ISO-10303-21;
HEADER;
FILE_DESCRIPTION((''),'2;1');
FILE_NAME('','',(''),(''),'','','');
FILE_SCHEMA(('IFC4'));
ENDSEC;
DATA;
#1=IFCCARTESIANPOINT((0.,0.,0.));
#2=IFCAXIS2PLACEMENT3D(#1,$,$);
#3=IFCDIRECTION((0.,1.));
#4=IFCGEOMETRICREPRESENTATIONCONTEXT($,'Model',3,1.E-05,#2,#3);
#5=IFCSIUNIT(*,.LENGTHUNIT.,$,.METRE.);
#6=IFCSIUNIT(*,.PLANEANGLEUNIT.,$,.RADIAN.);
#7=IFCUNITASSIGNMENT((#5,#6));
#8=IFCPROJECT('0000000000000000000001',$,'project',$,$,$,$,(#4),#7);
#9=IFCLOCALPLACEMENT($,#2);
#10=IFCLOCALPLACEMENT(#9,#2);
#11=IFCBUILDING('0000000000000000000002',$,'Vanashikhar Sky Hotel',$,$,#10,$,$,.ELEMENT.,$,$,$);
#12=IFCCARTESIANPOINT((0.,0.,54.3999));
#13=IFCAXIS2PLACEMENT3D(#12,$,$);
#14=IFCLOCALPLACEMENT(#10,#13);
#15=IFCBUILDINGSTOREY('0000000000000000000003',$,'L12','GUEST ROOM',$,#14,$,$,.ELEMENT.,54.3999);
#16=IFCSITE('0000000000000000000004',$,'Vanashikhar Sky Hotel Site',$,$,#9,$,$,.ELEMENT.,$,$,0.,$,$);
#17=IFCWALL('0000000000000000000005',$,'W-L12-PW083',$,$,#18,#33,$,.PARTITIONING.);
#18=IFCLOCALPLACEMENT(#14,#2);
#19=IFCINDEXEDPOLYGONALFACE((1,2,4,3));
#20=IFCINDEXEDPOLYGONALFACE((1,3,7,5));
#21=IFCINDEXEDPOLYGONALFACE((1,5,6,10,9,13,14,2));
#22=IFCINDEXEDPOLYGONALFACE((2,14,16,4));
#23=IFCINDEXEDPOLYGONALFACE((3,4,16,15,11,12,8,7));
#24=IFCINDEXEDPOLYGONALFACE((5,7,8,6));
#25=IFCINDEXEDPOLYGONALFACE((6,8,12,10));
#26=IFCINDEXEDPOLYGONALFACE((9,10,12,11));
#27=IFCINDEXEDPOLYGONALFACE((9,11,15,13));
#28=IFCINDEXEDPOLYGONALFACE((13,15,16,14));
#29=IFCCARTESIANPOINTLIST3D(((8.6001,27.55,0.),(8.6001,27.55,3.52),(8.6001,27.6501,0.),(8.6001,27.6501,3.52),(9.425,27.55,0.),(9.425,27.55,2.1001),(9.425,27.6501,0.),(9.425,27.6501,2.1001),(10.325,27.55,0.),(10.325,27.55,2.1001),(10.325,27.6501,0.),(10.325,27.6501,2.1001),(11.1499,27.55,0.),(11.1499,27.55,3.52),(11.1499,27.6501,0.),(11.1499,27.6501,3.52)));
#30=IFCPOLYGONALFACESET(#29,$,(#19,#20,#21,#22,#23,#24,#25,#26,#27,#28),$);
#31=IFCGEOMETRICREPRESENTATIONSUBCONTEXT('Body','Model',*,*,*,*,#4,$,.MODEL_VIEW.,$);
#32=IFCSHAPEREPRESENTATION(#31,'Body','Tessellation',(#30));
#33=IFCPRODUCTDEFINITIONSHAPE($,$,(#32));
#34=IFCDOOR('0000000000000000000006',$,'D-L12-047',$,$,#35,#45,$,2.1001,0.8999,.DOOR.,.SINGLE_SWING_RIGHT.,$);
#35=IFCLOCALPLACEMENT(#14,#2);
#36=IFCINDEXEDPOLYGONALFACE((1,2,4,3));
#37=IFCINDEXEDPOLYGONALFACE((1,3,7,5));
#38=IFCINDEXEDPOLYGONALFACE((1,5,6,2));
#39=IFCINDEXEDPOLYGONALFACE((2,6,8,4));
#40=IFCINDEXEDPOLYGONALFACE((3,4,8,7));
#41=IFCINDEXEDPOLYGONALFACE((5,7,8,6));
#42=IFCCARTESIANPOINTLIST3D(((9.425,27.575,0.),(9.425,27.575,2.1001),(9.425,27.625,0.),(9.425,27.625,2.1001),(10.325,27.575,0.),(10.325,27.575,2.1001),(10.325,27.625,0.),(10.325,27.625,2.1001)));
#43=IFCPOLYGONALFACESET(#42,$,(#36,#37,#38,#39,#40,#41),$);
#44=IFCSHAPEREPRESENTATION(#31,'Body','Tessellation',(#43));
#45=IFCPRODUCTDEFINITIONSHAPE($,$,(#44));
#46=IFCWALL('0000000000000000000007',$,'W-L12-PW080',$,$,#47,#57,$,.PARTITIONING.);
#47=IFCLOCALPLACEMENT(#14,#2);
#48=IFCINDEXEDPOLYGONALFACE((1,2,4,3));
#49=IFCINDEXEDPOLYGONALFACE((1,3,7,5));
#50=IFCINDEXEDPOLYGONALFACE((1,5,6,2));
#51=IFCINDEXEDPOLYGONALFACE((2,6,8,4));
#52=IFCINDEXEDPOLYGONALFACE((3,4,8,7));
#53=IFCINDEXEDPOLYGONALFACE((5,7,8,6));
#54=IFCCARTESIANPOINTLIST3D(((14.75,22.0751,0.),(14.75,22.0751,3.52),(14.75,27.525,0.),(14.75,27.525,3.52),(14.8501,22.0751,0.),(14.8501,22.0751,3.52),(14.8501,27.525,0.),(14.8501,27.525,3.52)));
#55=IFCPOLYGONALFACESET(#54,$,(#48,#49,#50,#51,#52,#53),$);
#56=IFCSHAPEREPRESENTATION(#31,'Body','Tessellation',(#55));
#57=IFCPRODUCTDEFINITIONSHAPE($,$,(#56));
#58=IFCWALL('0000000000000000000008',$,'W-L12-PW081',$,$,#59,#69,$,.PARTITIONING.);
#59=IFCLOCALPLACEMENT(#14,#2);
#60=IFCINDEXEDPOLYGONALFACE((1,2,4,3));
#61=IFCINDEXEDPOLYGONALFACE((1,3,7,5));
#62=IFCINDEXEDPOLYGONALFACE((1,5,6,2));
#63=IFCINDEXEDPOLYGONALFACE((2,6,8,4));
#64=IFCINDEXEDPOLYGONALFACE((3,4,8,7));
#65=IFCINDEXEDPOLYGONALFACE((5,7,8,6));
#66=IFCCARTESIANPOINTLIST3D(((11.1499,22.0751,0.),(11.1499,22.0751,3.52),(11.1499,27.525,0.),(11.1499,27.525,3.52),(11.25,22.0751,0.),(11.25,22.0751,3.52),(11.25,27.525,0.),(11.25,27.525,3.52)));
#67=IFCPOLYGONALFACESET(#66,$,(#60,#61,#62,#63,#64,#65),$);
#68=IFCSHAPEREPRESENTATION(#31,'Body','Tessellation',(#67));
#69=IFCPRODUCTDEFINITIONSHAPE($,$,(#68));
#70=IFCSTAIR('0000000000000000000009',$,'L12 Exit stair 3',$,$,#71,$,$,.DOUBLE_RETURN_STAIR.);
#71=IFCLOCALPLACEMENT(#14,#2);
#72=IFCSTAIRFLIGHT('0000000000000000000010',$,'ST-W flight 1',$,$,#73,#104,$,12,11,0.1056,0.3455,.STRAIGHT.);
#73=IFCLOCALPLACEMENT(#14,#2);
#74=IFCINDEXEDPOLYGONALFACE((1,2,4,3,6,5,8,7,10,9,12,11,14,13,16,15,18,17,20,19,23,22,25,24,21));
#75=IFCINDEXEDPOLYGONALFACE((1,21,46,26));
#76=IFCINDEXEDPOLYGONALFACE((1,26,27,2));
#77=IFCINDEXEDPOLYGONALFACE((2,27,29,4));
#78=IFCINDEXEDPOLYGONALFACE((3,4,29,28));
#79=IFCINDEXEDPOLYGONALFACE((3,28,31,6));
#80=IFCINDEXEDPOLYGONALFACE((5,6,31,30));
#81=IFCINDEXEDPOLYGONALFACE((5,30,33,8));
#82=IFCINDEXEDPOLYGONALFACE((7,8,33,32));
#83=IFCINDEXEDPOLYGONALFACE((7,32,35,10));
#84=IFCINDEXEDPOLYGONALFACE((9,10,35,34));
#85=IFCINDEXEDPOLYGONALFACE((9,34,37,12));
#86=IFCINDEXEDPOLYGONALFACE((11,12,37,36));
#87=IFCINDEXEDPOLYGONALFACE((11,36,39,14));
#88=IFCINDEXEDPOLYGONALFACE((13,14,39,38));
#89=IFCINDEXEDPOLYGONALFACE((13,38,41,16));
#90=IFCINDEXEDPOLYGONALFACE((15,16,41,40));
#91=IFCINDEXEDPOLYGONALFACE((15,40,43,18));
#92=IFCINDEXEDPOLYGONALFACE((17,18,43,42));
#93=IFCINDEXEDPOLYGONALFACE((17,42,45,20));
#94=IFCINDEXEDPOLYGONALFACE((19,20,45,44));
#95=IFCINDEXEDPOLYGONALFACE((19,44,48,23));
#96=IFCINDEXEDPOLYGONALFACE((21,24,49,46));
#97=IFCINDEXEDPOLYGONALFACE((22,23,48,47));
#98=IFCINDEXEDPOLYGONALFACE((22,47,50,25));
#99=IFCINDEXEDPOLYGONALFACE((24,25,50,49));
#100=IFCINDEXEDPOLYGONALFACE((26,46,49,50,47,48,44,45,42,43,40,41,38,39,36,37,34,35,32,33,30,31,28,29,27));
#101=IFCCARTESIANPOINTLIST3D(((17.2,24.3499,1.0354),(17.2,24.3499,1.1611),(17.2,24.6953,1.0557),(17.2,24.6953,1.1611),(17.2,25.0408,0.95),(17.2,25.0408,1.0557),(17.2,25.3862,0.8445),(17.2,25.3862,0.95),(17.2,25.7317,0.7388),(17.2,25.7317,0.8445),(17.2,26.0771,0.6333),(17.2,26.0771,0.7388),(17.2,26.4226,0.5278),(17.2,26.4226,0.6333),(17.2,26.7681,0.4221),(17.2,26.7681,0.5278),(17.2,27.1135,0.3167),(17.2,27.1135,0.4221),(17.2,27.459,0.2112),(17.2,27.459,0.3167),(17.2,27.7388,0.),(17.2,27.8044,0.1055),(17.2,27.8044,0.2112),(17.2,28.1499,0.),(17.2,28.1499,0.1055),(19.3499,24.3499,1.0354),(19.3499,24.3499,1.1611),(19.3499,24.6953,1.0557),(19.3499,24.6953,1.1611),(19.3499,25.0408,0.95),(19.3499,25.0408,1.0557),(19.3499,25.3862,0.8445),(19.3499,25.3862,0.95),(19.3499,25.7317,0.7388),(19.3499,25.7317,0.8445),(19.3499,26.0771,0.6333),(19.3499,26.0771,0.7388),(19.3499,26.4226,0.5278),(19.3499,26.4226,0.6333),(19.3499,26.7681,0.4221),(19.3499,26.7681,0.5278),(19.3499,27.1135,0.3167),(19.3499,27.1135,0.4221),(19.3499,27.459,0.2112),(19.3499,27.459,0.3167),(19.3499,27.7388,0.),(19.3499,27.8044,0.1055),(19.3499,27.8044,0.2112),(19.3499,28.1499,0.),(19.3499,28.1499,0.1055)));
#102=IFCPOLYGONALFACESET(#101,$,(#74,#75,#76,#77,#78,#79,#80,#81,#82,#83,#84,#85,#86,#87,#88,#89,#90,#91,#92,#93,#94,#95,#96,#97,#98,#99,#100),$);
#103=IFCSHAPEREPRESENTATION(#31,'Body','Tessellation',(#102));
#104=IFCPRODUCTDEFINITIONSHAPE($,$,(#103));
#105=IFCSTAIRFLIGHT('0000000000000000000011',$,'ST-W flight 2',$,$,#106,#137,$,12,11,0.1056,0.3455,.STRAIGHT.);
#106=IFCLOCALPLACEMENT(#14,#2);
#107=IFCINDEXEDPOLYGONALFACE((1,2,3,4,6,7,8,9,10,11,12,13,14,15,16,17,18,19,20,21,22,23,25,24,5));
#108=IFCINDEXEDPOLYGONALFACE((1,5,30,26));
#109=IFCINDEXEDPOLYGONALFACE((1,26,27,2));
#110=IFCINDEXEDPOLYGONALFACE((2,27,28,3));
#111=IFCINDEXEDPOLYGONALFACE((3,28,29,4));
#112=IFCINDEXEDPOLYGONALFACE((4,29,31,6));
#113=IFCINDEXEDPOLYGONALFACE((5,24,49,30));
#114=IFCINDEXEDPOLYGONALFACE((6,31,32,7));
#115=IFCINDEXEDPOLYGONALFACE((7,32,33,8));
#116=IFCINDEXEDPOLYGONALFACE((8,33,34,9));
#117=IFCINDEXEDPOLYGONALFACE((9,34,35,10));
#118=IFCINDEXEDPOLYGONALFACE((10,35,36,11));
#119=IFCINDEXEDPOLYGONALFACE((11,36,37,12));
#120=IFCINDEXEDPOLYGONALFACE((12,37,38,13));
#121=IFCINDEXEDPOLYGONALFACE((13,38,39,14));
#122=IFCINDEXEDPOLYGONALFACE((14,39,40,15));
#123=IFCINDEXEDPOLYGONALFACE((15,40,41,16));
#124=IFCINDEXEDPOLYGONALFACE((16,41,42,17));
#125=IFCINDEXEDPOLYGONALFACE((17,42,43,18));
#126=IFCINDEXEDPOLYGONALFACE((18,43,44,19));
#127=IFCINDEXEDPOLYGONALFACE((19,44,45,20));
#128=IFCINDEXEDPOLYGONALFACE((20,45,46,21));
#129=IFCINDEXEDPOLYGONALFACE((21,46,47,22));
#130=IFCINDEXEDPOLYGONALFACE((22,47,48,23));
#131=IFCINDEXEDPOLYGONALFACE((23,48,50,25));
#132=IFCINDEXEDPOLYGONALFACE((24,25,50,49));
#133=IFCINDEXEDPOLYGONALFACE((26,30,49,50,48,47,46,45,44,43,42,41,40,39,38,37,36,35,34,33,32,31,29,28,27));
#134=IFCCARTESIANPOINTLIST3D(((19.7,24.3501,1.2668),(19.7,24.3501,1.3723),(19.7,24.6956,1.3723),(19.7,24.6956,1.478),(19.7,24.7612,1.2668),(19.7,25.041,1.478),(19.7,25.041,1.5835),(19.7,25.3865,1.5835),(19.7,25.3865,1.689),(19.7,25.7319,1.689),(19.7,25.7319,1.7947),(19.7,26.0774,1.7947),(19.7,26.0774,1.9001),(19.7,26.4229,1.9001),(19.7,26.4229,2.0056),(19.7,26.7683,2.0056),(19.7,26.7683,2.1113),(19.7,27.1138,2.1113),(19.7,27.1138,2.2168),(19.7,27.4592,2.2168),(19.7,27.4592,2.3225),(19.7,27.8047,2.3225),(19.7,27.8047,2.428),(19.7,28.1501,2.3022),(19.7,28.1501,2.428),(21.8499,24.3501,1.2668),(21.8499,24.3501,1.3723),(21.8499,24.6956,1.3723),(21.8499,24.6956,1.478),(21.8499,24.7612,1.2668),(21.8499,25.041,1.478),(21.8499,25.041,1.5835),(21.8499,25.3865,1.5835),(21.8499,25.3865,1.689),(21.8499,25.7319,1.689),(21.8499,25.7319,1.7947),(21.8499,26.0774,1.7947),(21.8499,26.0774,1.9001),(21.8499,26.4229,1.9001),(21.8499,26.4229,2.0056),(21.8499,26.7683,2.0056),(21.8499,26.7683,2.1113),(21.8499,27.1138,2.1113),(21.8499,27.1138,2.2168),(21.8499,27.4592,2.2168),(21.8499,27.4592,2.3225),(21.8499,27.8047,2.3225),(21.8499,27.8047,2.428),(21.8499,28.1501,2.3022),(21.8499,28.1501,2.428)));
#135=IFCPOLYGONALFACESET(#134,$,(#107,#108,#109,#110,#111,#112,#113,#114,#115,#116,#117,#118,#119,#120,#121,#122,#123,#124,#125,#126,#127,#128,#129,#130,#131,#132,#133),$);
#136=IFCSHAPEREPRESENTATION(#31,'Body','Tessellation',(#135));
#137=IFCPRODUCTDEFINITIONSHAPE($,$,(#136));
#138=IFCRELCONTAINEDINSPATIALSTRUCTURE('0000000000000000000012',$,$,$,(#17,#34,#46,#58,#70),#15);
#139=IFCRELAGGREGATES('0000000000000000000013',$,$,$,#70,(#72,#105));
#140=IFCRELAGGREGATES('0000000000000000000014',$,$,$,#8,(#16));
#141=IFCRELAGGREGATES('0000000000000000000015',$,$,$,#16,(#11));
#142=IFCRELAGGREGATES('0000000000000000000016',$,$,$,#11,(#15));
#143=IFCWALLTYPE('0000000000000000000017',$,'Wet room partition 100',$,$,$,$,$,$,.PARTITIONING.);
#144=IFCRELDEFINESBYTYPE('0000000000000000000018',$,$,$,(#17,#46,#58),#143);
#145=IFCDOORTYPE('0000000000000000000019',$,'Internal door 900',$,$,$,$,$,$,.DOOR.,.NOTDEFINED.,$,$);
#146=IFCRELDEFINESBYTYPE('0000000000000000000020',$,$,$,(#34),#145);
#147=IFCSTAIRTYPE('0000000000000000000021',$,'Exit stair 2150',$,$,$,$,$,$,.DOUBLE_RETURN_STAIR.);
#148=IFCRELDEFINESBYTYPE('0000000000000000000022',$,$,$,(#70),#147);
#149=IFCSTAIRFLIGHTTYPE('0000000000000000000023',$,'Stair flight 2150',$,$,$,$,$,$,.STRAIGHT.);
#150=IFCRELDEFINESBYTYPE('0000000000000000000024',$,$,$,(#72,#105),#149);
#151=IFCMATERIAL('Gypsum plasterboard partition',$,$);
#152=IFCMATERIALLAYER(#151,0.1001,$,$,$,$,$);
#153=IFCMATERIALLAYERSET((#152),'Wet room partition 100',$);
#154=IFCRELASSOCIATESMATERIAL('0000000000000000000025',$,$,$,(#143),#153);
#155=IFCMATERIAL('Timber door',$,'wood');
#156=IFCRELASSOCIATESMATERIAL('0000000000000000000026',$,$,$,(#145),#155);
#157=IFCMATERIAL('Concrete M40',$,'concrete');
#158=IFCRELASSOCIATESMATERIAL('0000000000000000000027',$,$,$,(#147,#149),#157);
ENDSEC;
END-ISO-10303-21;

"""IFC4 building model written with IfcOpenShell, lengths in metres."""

from ifc_helpers import new_model, si_unit, direction, frame, frame_2d, origin, place, context, subcontext, project, spatial, polyline, rectangle, outline, extrude, source, transform, mapped, material, layer, layer_set, type_object, element, fill, aggregate, save


model = new_model("IFC4")

# Units and contexts
model_context = context("Model", 3, precision=1e-05, world=origin(), true_north=direction((0.0, 1.0)))
body_context = subcontext(model_context, "Body", "Model", "MODEL_VIEW")
ifc_project = project(units=[si_unit("LENGTHUNIT", "METRE"), si_unit("PLANEANGLEUNIT", "RADIAN")], contexts=[model_context])

# Site, building, storey
site_placement = place(None, origin())
site = spatial("IfcSite", under=ifc_project, at=site_placement, Name="Vanashikhar Sky Hotel Site", CompositionType="ELEMENT", RefElevation=0.0)
building_placement = place(site_placement, origin())
building = spatial("IfcBuilding", under=site, at=building_placement, Name="Vanashikhar Sky Hotel", CompositionType="ELEMENT")
storey_placement = place(building_placement, frame((0.0, 0.0, 54.3999)))
storey = spatial("IfcBuildingStorey", under=building, at=storey_placement, Name="L12", Description="GUEST ROOM", CompositionType="ELEMENT", Elevation=54.3999)

# Wall, opening, door
ifc_material_1 = material(Name="Gypsum plasterboard partition")
ifc_layer_1 = layer(ifc_material_1, 0.1001)
ifc_layer_set_1 = layer_set([ifc_layer_1], Name="Wet room partition 100")
wall_type_1 = type_object("IfcWallType", Name="Wet room partition 100", PredefinedType="PARTITIONING", material=ifc_layer_set_1)
shared_shape_1 = source(origin(), body_context, "Body", "SweptSolid", [
    extrude(rectangle(XDim=0.8999, YDim=2.1001, at=frame_2d((0.45, 1.05))), frame((0.0, 0.0601, 0.0), z_axis=(0.0, -1.0, 0.0), x_axis=(1.0, 0.0, 0.0)), (0.0, 0.0, 1.0), 0.1201),
])
ifc_material_2 = material(Name="Timber door", Category="wood")
door_type_1 = type_object("IfcDoorType", Name="Internal door 900", OperationType="NOTDEFINED", PredefinedType="DOOR", material=ifc_material_2)
shared_shape_2 = source(origin(), body_context, "Body", "SweptSolid", [
    extrude(rectangle(XDim=0.8999, YDim=2.1001, at=frame_2d((0.45, 1.05))), frame((0.0, 0.0249, 0.0), z_axis=(0.0, -1.0, 0.0), x_axis=(1.0, 0.0, 0.0)), (0.0, 0.0, 1.0), 0.05),
])
shared_shape_3 = source(origin(), body_context, "Body", "SweptSolid", [
    extrude(rectangle(XDim=2.5498, YDim=0.1001, at=frame_2d((1.2749, 0.0))), origin(), (0.0, 0.0, 1.0), 3.52),
])
wall_1_placement = place(storey_placement, frame((8.6001, 27.6001, 0.0), z_axis=(0.0, 0.0, 1.0), x_axis=(1.0, 0.0, 0.0)))
wall_1 = element("IfcWall", 1, at=wall_1_placement, inside=storey, type_object=wall_type_1, Name="W-L12-PW083", PredefinedType="PARTITIONING", context=body_context, shape_type="MappedRepresentation", body=[
    mapped(shared_shape_3, transform((0.0, 0.0, 0.0), scale=1.0)),
])
opening_1_placement = place(wall_1_placement, frame((0.825, 0.0, 0.0)))
opening_1 = element("IfcOpeningElement", 2, at=opening_1_placement, cuts=wall_1, PredefinedType="OPENING", context=body_context, shape_type="MappedRepresentation", body=[
    mapped(shared_shape_1, transform((0.0, 0.0, 0.0), scale=1.0)),
])
door_1_placement = place(opening_1_placement, origin())
door_1 = element("IfcDoor", 3, at=door_1_placement, inside=storey, type_object=door_type_1, Name="D-L12-047", OperationType="SINGLE_SWING_RIGHT", OverallHeight=2.1001, OverallWidth=0.8999, PredefinedType="DOOR", context=body_context, shape_type="MappedRepresentation", body=[
    mapped(shared_shape_2, transform((0.0, 0.0, 0.0), scale=1.0)),
])
fill(opening_1, door_1)

# Walls
shared_shape_4 = source(origin(), body_context, "Body", "SweptSolid", [
    extrude(rectangle(XDim=5.45, YDim=0.1001, at=frame_2d((2.7251, 0.0))), origin(), (0.0, 0.0, 1.0), 3.52),
])
for number, where, z_axis, x_axis, name in (
    (4, (14.8, 22.075, 0.0), (0.0, 0.0, 1.0), (0.0, 1.0, 0.0), "W-L12-PW080"),
    (5, (11.2, 22.075, 0.0), (0.0, 0.0, 1.0), (0.0, 1.0, 0.0), "W-L12-PW081"),
):
    element("IfcWall", number, at=place(storey_placement, frame(where, z_axis=z_axis, x_axis=x_axis)), inside=storey, type_object=wall_type_1, Name=name, PredefinedType="PARTITIONING", context=body_context, shape_type="MappedRepresentation", body=[
        mapped(shared_shape_4, transform((0.0, 0.0, 0.0), scale=1.0)),
    ])

# Stair, stair flights
ifc_material_3 = material(Name="Concrete M40", Category="concrete")
stair_type = type_object("IfcStairType", Name="Exit stair 2150", PredefinedType="DOUBLE_RETURN_STAIR", material=ifc_material_3)
stair_placement = place(storey_placement, origin())
stair = element("IfcStair", 6, at=stair_placement, inside=storey, type_object=stair_type, Name="L12 Exit stair 3", PredefinedType="DOUBLE_RETURN_STAIR")
stair_flight_type = type_object("IfcStairFlightType", Name="Stair flight 2150", PredefinedType="STRAIGHT", material=ifc_material_3)
shared_shape_5 = source(origin(), body_context, "Body", "SweptSolid", [
    extrude(outline(polyline([(0.0, 0.0), (0.0, 0.1055), (0.3455, 0.1055), (0.3455, 0.2112), (0.6909, 0.2112), (0.6909, 0.3167), (1.0364, 0.3167), (1.0364, 0.4221), (1.3818, 0.4221), (1.3818, 0.5278), (1.7273, 0.5278), (1.7273, 0.6333), (2.0728, 0.6333), (2.0728, 0.7388), (2.4182, 0.7388), (2.4182, 0.8445), (2.7637, 0.8445), (2.7637, 0.95), (3.1091, 0.95), (3.1091, 1.0557), (3.4546, 1.0557), (3.4546, 1.1611), (3.8, 1.1611), (3.8, 1.2666), (3.8, 1.0354), (0.4111, 0.0), (0.0, 0.0)])), frame((0.0, 1.075, 0.0), z_axis=(0.0, -1.0, 0.0), x_axis=(1.0, 0.0, 0.0)), (0.0, 0.0, 1.0), 2.1499),
])
stair_flight_1_placement = place(storey_placement, frame((18.2749, 28.1499, 0.0), z_axis=(0.0, 0.0, 1.0), x_axis=(0.0, -1.0, 0.0)))
stair_flight_1 = element("IfcStairFlight", 7, at=stair_flight_1_placement, type_object=stair_flight_type, Name="ST-W flight 1", NumberOfRisers=12, NumberOfTreads=11, PredefinedType="STRAIGHT", RiserHeight=0.1056, TreadLength=0.3455, context=body_context, shape_type="MappedRepresentation", body=[
    mapped(shared_shape_5, transform((0.0, 0.0, 0.0), scale=1.0)),
])
stair_flight_2_placement = place(storey_placement, frame((20.7749, 24.3501, 1.2668), z_axis=(0.0, 0.0, 1.0), x_axis=(0.0, 1.0, 0.0)))
stair_flight_2 = element("IfcStairFlight", 8, at=stair_flight_2_placement, type_object=stair_flight_type, Name="ST-W flight 2", NumberOfRisers=12, NumberOfTreads=11, PredefinedType="STRAIGHT", RiserHeight=0.1056, TreadLength=0.3455, context=body_context, shape_type="MappedRepresentation", body=[
    mapped(shared_shape_5, transform((0.0, 0.0, 0.0), scale=1.0)),
])
aggregate(stair, [stair_flight_1, stair_flight_2])

save(model, "model.ifc")
